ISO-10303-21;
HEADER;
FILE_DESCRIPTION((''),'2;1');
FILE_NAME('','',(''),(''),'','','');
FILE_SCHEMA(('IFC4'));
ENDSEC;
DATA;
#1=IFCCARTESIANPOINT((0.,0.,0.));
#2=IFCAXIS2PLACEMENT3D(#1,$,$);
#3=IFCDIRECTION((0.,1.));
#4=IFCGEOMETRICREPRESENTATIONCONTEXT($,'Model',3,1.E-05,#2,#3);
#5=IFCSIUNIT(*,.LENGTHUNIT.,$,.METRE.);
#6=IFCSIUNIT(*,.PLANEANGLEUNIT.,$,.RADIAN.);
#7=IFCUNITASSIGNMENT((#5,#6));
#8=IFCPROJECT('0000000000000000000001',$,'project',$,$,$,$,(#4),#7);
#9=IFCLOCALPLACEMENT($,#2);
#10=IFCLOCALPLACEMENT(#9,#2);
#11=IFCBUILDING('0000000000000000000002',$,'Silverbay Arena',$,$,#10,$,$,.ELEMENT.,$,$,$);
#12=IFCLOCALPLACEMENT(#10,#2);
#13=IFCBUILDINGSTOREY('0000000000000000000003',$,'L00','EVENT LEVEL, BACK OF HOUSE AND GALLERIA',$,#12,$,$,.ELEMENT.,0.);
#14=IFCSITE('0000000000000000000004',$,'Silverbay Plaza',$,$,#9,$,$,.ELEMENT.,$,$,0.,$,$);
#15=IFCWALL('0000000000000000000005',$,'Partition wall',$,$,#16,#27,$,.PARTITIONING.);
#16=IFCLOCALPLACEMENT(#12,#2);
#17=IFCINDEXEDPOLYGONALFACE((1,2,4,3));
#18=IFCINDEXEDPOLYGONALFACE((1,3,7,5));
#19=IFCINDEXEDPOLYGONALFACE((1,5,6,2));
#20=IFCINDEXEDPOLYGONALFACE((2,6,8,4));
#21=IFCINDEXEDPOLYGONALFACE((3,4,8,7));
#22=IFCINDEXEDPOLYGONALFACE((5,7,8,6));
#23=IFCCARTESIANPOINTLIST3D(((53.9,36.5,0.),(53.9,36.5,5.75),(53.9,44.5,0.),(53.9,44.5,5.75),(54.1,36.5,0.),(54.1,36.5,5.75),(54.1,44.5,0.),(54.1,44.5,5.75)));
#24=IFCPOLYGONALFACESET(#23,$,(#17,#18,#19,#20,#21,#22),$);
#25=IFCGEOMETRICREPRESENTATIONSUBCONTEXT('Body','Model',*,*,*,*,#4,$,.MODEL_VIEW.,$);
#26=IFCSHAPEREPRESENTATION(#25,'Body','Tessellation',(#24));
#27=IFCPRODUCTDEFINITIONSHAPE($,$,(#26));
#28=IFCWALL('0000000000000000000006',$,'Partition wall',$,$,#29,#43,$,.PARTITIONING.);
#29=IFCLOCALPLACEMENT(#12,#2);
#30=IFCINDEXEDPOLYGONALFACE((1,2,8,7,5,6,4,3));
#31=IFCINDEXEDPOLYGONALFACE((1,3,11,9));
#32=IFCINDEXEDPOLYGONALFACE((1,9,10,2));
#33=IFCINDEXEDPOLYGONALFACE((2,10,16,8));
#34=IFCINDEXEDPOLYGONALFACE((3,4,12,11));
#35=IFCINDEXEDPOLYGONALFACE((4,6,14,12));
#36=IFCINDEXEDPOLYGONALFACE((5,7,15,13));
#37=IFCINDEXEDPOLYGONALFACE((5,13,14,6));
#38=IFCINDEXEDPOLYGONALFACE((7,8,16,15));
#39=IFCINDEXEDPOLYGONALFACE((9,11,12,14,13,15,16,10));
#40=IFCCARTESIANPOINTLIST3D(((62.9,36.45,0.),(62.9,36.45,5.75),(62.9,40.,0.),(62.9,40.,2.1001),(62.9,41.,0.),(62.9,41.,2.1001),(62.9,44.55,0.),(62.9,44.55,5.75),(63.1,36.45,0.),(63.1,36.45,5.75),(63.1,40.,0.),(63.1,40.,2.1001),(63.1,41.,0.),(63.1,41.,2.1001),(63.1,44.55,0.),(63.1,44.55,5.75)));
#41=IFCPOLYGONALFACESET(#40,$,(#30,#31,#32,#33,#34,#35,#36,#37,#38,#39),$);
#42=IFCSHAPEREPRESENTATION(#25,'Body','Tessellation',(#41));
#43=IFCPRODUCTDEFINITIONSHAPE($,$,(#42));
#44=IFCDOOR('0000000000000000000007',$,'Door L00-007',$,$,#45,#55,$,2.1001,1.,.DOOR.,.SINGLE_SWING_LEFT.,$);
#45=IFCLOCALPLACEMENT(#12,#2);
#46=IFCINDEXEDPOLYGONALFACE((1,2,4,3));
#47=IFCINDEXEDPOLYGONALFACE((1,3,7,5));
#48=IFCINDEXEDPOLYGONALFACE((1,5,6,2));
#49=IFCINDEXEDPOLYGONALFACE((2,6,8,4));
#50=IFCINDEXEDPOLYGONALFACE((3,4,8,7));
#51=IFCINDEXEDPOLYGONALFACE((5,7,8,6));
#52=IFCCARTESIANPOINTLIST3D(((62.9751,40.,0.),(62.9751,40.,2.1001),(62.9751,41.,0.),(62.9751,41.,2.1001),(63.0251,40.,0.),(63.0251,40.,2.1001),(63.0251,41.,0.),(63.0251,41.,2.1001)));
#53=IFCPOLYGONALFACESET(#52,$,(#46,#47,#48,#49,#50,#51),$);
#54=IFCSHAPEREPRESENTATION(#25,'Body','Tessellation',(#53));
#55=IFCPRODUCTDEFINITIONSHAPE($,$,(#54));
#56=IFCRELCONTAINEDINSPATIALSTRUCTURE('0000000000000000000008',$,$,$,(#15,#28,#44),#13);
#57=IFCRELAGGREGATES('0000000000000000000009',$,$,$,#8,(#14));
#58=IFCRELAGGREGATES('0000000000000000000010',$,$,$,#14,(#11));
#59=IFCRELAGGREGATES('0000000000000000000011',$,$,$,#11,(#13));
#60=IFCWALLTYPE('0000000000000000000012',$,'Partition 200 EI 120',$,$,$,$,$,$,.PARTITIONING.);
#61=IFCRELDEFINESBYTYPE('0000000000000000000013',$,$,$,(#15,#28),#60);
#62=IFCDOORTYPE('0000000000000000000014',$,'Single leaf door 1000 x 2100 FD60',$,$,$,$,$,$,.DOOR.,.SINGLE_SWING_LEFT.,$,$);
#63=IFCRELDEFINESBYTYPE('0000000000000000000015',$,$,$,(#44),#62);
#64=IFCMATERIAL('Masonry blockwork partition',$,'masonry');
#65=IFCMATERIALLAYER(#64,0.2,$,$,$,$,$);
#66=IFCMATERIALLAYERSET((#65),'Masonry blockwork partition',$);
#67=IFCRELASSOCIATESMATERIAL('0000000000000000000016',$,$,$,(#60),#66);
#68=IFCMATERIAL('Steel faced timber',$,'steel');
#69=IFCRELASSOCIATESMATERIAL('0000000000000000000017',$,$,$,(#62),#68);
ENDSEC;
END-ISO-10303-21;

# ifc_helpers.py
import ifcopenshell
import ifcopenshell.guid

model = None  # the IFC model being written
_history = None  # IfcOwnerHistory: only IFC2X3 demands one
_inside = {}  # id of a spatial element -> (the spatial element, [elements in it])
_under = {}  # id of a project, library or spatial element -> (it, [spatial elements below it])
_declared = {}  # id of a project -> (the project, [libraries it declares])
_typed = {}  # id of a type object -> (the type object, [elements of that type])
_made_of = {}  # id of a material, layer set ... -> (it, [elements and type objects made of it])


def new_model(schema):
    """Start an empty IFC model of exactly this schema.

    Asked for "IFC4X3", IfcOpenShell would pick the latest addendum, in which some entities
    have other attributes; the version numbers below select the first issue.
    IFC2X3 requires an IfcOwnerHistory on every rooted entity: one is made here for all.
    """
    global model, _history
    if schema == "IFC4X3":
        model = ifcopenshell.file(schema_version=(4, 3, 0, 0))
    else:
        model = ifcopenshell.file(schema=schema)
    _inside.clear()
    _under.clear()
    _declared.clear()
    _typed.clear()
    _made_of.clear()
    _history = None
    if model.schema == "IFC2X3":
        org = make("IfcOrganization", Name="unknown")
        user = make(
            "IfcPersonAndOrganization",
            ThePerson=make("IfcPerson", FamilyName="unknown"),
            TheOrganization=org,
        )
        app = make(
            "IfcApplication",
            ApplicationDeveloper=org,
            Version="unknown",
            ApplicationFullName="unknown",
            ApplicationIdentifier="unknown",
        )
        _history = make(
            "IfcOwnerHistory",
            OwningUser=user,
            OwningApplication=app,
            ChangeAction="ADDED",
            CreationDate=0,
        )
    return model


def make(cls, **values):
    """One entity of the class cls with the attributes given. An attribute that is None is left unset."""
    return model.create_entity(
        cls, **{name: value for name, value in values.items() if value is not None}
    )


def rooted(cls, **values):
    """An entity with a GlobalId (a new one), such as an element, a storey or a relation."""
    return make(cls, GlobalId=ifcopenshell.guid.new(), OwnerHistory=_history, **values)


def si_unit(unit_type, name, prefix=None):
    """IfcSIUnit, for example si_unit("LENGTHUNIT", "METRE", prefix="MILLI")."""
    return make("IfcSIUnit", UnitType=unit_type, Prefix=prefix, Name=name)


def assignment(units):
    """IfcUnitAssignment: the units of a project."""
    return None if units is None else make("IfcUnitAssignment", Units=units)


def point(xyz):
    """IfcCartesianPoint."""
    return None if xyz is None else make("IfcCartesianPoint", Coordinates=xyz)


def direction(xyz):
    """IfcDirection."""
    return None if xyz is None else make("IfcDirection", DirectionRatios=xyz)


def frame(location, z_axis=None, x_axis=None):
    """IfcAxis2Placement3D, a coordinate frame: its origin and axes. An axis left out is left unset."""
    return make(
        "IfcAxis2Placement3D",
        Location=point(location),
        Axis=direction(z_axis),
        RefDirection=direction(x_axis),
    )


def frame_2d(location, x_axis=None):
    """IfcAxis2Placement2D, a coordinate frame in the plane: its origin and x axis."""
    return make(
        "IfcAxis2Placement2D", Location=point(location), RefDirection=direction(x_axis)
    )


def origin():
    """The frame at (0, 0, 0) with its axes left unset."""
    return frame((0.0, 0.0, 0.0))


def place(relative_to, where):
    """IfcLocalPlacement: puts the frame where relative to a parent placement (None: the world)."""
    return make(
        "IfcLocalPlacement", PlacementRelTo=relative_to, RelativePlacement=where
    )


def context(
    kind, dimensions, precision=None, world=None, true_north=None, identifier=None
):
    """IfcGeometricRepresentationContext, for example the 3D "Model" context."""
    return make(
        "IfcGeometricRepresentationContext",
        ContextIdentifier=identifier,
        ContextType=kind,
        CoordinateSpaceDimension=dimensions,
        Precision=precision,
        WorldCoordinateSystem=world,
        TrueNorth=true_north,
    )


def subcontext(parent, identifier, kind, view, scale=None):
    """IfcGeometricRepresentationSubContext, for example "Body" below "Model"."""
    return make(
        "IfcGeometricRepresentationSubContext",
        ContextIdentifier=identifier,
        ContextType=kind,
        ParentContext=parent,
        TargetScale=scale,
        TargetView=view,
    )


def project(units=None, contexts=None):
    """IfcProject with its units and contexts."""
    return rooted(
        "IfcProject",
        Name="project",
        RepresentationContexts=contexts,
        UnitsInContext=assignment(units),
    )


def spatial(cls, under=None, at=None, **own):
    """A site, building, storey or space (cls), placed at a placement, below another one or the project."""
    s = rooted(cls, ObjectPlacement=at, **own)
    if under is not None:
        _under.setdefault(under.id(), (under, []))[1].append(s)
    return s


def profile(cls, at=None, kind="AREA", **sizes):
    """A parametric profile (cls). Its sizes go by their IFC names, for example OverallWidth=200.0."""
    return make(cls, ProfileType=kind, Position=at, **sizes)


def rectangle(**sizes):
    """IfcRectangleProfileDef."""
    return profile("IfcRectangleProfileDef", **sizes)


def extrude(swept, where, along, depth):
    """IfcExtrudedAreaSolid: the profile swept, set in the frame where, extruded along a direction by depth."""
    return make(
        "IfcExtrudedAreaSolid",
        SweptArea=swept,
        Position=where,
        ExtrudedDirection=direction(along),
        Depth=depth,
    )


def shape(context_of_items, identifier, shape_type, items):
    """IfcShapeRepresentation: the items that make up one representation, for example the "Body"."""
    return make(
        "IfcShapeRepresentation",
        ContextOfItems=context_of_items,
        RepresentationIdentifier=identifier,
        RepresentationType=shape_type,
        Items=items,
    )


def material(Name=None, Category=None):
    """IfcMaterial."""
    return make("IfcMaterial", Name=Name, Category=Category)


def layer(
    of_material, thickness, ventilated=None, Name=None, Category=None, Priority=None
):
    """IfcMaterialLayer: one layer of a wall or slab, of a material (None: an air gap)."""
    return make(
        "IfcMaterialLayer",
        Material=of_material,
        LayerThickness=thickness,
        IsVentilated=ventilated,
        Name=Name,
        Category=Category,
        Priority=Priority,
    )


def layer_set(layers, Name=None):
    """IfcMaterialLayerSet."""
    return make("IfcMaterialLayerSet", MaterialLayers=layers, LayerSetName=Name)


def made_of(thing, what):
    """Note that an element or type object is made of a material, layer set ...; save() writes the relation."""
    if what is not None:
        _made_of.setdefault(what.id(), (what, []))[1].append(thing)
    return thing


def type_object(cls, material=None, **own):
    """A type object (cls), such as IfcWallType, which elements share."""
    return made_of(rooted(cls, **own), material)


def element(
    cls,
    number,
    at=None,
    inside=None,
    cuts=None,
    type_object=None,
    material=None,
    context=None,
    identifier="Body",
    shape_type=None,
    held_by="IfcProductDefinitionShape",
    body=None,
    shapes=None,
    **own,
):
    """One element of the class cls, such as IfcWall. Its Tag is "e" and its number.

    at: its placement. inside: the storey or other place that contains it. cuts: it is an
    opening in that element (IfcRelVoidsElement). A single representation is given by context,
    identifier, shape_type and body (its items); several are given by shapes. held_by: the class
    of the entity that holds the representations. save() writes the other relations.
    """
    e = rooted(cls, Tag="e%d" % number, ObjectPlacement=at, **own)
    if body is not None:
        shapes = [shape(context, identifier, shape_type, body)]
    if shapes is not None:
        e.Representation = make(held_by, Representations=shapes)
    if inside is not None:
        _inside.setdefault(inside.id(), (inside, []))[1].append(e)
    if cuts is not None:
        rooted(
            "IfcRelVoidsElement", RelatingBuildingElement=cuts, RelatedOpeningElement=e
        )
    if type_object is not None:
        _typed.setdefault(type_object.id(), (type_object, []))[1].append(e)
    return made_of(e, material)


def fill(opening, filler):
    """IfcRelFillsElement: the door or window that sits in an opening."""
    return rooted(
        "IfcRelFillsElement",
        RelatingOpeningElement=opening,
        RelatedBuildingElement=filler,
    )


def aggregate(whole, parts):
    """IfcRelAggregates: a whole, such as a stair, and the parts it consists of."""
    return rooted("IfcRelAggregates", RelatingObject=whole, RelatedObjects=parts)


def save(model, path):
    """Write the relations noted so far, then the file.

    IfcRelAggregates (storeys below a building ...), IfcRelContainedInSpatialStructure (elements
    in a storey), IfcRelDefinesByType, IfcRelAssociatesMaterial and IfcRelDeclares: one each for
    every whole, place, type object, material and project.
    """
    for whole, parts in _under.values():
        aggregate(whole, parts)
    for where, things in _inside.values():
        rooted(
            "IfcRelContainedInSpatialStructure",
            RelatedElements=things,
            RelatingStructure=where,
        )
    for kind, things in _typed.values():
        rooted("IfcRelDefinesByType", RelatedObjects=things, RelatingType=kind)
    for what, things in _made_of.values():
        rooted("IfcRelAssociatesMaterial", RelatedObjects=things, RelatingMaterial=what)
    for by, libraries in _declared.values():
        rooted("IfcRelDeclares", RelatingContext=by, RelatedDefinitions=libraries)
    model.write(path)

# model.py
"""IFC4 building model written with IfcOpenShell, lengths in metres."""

from ifc_helpers import new_model, si_unit, direction, frame, frame_2d, origin, place, context, subcontext, project, spatial, rectangle, extrude, material, layer, layer_set, type_object, element, fill, save


model = new_model("IFC4")

# Units and contexts
model_context = context("Model", 3, precision=1e-05, world=origin(), true_north=direction((0.0, 1.0)))
body_context = subcontext(model_context, "Body", "Model", "MODEL_VIEW")
ifc_project = project(units=[si_unit("LENGTHUNIT", "METRE"), si_unit("PLANEANGLEUNIT", "RADIAN")], contexts=[model_context])

# Site, building, storey
site_placement = place(None, origin())
site = spatial("IfcSite", under=ifc_project, at=site_placement, Name="Silverbay Plaza", CompositionType="ELEMENT", RefElevation=0.0)
building_placement = place(site_placement, origin())
building = spatial("IfcBuilding", under=site, at=building_placement, Name="Silverbay Arena", CompositionType="ELEMENT")
storey_placement = place(building_placement, origin())
storey = spatial("IfcBuildingStorey", under=building, at=storey_placement, Name="L00", Description="EVENT LEVEL, BACK OF HOUSE AND GALLERIA", CompositionType="ELEMENT", Elevation=0.0)

# Wall
ifc_material_1 = material(Name="Masonry blockwork partition", Category="masonry")
ifc_layer = layer(ifc_material_1, 0.2)
ifc_layer_set = layer_set([ifc_layer], Name="Masonry blockwork partition")
wall_type = type_object("IfcWallType", Name="Partition 200 EI 120", PredefinedType="PARTITIONING", material=ifc_layer_set)
wall_1_placement = place(storey_placement, frame((54.0, 36.5, 0.0), z_axis=(0.0, 0.0, 1.0), x_axis=(0.0, 1.0, 0.0)))
element("IfcWall", 1, at=wall_1_placement, inside=storey, type_object=wall_type, Name="Partition wall", PredefinedType="PARTITIONING", context=body_context, shape_type="SweptSolid", body=[
    extrude(rectangle(XDim=8.0, YDim=0.2, at=frame_2d((4.0, 0.0))), origin(), (0.0, 0.0, 1.0), 5.75),
])

# Wall, opening, door
wall_2_placement = place(storey_placement, frame((63.0, 36.45, 0.0), z_axis=(0.0, 0.0, 1.0), x_axis=(0.0, 1.0, 0.0)))
wall_2 = element("IfcWall", 2, at=wall_2_placement, inside=storey, type_object=wall_type, Name="Partition wall", PredefinedType="PARTITIONING", context=body_context, shape_type="SweptSolid", body=[
    extrude(rectangle(XDim=8.1001, YDim=0.2, at=frame_2d((4.05, 0.0))), origin(), (0.0, 0.0, 1.0), 5.75),
])
opening_placement = place(wall_2_placement, frame((3.55, 0.0, 0.0)))
opening = element("IfcOpeningElement", 3, at=opening_placement, cuts=wall_2, PredefinedType="OPENING", context=body_context, shape_type="SweptSolid", body=[
    extrude(rectangle(XDim=1.0, YDim=2.1001, at=frame_2d((0.5, 1.05))), frame((0.0, 0.1099, 0.0), z_axis=(0.0, -1.0, 0.0), x_axis=(1.0, 0.0, 0.0)), (0.0, 0.0, 1.0), 0.22),
])
ifc_material_2 = material(Name="Steel faced timber", Category="steel")
door_type = type_object("IfcDoorType", Name="Single leaf door 1000 x 2100 FD60", OperationType="SINGLE_SWING_LEFT", PredefinedType="DOOR", material=ifc_material_2)
door_placement = place(opening_placement, origin())
door = element("IfcDoor", 4, at=door_placement, inside=storey, type_object=door_type, Name="Door L00-007", OperationType="SINGLE_SWING_LEFT", OverallHeight=2.1001, OverallWidth=1.0, PredefinedType="DOOR", context=body_context, shape_type="SweptSolid", body=[
    extrude(rectangle(XDim=1.0, YDim=2.1001, at=frame_2d((0.5, 1.05))), frame((0.0, 0.0249, 0.0), z_axis=(0.0, -1.0, 0.0), x_axis=(1.0, 0.0, 0.0)), (0.0, 0.0, 1.0), 0.05),
])
fill(opening, door)

save(model, "model.ifc")
